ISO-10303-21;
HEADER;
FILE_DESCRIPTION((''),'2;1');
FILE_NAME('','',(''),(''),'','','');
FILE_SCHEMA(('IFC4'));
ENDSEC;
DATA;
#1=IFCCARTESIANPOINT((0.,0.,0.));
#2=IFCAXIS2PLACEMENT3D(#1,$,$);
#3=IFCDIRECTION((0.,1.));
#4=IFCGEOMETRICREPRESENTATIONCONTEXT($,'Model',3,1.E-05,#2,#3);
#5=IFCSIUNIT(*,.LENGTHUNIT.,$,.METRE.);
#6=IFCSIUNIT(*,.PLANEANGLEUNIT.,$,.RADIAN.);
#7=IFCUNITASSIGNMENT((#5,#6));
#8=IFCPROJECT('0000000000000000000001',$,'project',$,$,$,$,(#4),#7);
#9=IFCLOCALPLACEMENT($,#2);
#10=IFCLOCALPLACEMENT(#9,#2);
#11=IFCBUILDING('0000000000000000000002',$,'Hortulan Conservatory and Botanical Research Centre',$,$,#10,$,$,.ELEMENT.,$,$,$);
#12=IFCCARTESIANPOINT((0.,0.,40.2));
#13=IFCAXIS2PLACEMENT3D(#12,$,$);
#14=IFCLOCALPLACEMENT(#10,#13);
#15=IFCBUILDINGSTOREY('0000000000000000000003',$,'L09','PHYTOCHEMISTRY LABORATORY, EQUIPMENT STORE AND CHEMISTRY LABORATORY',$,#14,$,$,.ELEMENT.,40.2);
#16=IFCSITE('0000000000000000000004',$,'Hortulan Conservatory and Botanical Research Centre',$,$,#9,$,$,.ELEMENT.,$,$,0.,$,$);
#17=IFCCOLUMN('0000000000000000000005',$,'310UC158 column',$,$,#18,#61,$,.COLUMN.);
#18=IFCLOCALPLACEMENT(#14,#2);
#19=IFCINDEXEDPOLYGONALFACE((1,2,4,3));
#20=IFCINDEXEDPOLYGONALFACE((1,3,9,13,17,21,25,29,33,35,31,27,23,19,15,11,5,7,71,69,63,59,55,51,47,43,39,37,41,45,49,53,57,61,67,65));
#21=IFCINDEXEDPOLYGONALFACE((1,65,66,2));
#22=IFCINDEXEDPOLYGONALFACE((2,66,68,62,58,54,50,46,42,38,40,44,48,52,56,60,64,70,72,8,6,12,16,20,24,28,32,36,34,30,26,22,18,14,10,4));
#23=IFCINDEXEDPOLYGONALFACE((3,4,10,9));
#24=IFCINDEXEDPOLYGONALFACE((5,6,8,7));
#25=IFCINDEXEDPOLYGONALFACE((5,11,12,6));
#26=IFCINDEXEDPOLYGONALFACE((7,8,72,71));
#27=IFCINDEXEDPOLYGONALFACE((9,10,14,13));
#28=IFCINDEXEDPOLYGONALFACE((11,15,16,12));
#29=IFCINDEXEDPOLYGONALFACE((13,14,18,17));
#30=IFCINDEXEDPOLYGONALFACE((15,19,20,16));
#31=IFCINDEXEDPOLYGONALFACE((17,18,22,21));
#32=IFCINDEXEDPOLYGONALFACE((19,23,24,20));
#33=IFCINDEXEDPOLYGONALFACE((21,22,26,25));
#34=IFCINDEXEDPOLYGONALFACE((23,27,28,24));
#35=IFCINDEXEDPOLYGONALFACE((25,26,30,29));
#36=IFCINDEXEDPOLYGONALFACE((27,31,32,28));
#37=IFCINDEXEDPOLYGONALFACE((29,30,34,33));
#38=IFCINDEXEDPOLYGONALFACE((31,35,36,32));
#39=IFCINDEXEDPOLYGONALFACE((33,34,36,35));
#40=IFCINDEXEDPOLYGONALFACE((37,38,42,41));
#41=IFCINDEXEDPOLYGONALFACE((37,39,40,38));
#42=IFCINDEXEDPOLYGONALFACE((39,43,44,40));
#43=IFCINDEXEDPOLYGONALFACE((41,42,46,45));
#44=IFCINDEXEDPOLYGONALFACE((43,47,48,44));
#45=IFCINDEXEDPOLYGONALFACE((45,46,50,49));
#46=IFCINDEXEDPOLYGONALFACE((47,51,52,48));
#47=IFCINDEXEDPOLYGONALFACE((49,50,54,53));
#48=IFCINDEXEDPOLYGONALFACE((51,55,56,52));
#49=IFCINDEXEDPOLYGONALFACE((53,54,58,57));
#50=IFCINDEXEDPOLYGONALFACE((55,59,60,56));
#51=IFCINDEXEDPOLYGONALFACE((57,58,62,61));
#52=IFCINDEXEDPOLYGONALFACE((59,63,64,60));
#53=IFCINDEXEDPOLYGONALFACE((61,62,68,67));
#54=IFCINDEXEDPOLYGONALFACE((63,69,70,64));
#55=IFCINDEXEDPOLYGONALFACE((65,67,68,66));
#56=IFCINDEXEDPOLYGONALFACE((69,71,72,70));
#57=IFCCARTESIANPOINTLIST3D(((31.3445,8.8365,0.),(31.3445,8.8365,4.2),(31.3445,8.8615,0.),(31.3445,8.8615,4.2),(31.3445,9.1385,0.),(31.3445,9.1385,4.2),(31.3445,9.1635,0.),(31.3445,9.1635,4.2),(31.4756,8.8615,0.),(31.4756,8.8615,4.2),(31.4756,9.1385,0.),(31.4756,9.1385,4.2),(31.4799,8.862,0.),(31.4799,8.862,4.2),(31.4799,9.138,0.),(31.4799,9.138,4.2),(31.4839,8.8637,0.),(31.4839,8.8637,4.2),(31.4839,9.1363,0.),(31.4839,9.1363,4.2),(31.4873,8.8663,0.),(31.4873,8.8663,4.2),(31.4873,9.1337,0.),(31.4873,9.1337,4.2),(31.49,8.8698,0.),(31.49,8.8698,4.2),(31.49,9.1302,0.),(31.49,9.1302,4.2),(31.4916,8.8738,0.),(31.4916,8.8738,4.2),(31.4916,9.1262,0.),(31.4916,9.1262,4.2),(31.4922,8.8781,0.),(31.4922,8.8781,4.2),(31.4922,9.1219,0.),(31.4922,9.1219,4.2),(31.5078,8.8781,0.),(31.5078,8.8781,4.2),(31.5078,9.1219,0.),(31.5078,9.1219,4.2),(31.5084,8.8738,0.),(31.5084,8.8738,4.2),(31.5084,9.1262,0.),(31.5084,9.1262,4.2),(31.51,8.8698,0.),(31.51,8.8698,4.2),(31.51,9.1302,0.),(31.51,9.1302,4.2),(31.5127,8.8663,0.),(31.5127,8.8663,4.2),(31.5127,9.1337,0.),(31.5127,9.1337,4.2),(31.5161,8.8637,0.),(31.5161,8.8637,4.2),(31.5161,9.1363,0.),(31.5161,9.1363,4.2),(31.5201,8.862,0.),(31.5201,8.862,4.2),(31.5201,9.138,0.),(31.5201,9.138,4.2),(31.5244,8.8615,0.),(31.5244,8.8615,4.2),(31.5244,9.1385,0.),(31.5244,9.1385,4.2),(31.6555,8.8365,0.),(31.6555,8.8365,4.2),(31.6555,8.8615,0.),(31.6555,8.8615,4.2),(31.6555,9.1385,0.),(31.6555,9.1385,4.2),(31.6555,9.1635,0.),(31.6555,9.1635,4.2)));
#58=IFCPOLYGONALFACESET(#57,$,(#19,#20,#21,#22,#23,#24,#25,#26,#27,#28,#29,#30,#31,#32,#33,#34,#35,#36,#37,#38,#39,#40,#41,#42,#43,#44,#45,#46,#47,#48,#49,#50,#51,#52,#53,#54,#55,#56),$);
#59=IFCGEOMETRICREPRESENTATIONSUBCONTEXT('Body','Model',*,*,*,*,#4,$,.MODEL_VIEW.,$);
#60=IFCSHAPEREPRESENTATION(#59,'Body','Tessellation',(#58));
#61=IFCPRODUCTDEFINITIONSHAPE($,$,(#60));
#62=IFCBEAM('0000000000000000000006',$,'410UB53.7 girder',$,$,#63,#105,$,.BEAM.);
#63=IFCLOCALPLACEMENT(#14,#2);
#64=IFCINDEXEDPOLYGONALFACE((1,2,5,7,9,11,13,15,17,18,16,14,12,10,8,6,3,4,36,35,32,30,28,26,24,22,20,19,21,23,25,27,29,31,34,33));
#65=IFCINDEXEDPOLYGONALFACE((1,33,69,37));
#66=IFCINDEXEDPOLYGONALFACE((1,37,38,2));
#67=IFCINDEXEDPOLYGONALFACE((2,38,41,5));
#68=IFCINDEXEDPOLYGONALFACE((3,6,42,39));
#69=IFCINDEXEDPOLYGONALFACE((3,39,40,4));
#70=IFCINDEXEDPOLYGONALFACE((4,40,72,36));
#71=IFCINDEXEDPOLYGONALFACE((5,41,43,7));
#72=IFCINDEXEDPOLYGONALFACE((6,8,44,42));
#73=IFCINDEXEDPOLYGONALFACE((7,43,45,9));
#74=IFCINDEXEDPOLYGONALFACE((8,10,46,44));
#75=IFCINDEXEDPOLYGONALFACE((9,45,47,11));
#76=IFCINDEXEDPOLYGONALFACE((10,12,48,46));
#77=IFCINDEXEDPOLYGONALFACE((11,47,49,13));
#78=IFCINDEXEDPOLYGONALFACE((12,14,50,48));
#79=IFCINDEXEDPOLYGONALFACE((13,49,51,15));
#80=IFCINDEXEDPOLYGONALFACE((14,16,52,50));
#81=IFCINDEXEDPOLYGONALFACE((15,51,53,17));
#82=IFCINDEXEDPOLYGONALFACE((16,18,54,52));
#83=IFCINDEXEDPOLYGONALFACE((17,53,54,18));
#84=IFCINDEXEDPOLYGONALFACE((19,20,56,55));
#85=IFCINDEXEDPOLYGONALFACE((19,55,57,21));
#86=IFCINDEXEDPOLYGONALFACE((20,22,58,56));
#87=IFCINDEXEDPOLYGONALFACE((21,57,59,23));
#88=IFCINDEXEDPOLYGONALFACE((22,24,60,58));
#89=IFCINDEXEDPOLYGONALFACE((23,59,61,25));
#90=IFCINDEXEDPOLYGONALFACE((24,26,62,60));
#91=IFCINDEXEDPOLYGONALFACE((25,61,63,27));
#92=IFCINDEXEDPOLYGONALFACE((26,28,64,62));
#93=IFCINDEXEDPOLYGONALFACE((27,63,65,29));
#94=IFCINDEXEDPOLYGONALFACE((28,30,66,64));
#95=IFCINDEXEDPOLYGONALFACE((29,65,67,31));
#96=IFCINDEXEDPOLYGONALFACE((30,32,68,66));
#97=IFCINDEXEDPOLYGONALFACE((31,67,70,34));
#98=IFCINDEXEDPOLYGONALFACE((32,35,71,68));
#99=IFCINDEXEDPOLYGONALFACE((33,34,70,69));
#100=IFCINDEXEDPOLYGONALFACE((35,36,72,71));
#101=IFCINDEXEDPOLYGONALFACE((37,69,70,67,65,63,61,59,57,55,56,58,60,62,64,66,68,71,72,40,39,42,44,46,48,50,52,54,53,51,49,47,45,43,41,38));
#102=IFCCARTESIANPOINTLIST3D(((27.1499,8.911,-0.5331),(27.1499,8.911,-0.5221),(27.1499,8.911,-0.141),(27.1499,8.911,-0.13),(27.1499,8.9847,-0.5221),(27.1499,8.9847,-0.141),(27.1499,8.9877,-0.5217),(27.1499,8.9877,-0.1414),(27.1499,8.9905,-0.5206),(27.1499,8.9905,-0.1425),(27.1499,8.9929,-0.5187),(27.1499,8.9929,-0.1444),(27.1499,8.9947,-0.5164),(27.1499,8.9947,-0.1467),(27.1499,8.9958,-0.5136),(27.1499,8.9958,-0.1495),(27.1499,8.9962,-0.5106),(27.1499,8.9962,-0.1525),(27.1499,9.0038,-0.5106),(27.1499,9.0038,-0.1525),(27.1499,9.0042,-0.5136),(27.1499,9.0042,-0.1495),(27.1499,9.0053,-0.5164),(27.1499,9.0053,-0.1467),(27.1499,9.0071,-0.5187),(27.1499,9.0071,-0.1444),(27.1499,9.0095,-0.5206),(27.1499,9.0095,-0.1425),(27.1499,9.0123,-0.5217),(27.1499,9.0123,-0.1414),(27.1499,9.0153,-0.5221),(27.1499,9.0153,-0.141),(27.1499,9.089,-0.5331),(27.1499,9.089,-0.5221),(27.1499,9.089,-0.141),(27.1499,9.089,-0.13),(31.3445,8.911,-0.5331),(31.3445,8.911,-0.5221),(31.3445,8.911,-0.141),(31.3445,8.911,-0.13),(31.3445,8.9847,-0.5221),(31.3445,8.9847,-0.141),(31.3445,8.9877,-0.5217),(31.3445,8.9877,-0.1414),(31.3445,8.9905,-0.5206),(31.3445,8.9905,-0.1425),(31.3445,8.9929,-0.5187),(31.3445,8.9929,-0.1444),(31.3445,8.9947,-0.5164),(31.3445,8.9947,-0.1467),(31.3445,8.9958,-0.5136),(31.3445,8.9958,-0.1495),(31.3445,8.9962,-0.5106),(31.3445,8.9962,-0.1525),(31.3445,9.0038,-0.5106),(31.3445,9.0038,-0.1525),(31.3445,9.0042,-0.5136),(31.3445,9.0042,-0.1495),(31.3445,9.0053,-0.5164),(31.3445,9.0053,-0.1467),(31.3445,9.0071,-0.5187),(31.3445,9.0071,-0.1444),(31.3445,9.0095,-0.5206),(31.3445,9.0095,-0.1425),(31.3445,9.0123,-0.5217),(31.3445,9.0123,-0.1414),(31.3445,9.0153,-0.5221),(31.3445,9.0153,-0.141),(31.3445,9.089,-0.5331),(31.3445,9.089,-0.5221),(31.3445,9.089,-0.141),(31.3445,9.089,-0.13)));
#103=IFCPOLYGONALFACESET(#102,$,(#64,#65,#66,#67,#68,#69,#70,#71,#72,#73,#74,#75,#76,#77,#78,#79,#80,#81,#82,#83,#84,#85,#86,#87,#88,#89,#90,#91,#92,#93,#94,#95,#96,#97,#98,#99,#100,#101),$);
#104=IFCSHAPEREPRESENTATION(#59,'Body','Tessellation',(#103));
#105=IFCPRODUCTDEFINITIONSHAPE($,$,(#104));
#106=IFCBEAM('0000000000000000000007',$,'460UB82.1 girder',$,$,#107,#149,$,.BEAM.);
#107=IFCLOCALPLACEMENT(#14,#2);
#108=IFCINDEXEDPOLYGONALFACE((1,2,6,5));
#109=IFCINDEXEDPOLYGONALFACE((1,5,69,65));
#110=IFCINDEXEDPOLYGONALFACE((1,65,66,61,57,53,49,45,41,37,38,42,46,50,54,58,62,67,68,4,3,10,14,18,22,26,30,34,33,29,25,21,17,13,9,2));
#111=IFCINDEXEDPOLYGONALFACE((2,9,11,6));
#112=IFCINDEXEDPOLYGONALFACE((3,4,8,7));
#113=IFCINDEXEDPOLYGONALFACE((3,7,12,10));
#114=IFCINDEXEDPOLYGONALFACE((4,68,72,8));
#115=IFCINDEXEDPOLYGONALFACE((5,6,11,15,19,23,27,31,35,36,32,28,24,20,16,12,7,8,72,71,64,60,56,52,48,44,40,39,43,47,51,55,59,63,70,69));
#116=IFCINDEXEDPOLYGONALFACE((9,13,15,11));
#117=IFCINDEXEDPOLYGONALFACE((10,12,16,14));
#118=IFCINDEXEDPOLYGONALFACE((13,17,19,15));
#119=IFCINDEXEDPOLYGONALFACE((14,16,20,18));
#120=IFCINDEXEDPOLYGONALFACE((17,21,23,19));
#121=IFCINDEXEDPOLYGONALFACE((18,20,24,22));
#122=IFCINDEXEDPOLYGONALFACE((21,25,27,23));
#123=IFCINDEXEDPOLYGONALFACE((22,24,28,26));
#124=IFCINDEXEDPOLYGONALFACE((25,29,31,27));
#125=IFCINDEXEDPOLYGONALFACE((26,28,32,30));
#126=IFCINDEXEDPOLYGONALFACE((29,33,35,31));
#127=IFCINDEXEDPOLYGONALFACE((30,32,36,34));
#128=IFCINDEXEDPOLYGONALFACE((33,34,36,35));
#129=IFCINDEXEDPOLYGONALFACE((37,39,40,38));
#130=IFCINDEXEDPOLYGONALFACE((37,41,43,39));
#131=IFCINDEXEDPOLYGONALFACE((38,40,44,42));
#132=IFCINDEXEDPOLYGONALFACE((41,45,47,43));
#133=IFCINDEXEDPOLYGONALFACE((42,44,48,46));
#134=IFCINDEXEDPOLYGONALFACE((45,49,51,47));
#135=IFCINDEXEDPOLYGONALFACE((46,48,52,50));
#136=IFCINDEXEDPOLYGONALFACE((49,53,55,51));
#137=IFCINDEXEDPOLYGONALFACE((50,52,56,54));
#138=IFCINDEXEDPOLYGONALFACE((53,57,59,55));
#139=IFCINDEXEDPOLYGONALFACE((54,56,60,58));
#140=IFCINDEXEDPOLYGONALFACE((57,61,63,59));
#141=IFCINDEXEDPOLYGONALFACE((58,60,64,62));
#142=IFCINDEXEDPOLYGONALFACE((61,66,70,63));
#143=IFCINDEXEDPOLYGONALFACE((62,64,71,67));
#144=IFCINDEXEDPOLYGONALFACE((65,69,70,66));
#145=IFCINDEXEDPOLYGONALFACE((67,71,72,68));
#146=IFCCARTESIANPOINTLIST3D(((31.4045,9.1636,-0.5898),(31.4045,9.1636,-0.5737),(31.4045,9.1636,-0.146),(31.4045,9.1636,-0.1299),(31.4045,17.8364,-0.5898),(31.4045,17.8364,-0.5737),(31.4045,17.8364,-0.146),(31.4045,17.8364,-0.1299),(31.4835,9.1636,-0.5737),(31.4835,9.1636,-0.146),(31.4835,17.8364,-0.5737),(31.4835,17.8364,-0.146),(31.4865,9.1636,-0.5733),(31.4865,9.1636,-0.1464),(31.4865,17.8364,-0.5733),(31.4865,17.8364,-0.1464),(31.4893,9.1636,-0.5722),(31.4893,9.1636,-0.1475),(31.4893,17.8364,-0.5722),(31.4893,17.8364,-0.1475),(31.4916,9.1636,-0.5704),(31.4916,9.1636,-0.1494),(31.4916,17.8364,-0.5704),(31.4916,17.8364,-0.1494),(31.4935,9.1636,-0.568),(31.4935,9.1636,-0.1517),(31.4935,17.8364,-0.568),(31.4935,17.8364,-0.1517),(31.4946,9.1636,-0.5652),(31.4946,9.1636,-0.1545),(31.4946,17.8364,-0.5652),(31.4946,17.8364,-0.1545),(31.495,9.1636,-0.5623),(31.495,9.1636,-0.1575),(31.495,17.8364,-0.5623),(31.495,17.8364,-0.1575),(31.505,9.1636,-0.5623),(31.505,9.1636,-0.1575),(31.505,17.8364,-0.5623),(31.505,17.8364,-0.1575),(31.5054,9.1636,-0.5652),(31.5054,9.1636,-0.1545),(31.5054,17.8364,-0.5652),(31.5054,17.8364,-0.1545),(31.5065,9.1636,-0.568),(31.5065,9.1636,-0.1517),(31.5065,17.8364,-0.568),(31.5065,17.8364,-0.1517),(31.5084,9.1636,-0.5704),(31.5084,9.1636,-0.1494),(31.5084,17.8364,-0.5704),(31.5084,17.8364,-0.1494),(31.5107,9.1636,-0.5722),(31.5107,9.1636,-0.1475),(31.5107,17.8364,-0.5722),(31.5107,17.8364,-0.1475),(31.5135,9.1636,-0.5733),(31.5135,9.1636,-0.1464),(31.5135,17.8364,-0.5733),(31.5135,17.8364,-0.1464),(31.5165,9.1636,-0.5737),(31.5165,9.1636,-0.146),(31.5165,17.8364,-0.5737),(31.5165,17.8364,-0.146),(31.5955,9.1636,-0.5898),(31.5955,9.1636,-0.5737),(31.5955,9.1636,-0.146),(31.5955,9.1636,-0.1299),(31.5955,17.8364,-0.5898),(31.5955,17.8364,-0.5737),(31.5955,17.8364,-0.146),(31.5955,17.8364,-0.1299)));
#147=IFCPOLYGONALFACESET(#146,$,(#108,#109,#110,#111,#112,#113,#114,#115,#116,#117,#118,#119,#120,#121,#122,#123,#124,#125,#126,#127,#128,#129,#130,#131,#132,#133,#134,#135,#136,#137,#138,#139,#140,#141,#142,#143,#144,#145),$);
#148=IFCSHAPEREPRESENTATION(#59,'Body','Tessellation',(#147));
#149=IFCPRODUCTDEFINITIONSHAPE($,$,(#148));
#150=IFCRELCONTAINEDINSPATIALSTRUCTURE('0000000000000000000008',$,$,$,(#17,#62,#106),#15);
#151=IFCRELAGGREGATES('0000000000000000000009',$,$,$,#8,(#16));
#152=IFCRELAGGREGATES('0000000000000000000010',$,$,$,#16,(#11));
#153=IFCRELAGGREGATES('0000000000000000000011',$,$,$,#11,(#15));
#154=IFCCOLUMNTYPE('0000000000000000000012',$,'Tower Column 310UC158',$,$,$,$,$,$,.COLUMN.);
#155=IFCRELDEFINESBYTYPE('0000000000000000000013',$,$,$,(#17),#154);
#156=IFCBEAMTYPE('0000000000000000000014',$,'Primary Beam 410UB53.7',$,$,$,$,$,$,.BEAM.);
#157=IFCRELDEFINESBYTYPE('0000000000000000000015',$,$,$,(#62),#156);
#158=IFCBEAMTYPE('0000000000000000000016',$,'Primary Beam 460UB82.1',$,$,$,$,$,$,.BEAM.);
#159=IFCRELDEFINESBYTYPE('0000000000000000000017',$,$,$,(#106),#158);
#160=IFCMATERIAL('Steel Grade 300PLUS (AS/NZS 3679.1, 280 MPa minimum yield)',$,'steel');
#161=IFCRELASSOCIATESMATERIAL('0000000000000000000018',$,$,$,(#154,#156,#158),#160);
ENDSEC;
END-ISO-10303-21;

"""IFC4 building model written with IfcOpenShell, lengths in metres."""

from ifc_helpers import new_model, si_unit, direction, frame, origin, origin_2d, place, context, subcontext, project, spatial, i_section, extrude, material, material_profile, profile_set, type_object, element, save


model = new_model("IFC4")

# Units and contexts
model_context = context("Model", 3, precision=1e-05, world=origin(), true_north=direction((0.0, 1.0)))
body_context = subcontext(model_context, "Body", "Model", "MODEL_VIEW")
ifc_project = project(units=[si_unit("LENGTHUNIT", "METRE"), si_unit("PLANEANGLEUNIT", "RADIAN")], contexts=[model_context])

# Site, building, storey
site_placement = place(None, origin())
site = spatial("IfcSite", under=ifc_project, at=site_placement, Name="Hortulan Conservatory and Botanical Research Centre", CompositionType="ELEMENT", RefElevation=0.0)
building_placement = place(site_placement, origin())
building = spatial("IfcBuilding", under=site, at=building_placement, Name="Hortulan Conservatory and Botanical Research Centre", CompositionType="ELEMENT")
storey_placement = place(building_placement, frame((0.0, 0.0, 40.2)))
storey = spatial("IfcBuildingStorey", under=building, at=storey_placement, Name="L09", Description="PHYTOCHEMISTRY LABORATORY, EQUIPMENT STORE AND CHEMISTRY LABORATORY", CompositionType="ELEMENT", Elevation=40.2)

# Column
ifc_material_1 = material(Name="Steel Grade 300PLUS (AS/NZS 3679.1, 280 MPa minimum yield)", Category="steel")
ifc_material_profile_1 = material_profile(ifc_material_1, i_section(OverallWidth=0.311, OverallDepth=0.3269, WebThickness=0.0156, FlangeThickness=0.0249, FilletRadius=0.0166, at=origin_2d()), Name="310UC158")
ifc_profile_set_1 = profile_set([ifc_material_profile_1], Name="Steel Grade 300PLUS (AS/NZS 3679.1, 280 MPa minimum yield)")
column_type = type_object("IfcColumnType", Name="Tower Column 310UC158", PredefinedType="COLUMN", material=ifc_profile_set_1)
column_placement = place(storey_placement, frame((31.5, 9.0, 0.0), z_axis=(0.0, 0.0, 1.0), x_axis=(1.0, 0.0, 0.0)))
element("IfcColumn", 1, at=column_placement, inside=storey, type_object=column_type, Name="310UC158 column", PredefinedType="COLUMN", context=body_context, shape_type="SweptSolid", body=[
    extrude(i_section(OverallWidth=0.311, OverallDepth=0.3269, WebThickness=0.0156, FlangeThickness=0.0249, FilletRadius=0.0166, at=origin_2d()), origin(), (0.0, 0.0, 1.0), 4.2),
])

# Beams
ifc_material_profile_2 = material_profile(ifc_material_1, i_section(OverallWidth=0.178, OverallDepth=0.4031, WebThickness=0.0076, FlangeThickness=0.011, FilletRadius=0.0115, at=origin_2d()), Name="410UB53.7")
ifc_profile_set_2 = profile_set([ifc_material_profile_2], Name="Steel Grade 300PLUS (AS/NZS 3679.1, 280 MPa minimum yield)")
beam_type_1 = type_object("IfcBeamType", Name="Primary Beam 410UB53.7", PredefinedType="BEAM", material=ifc_profile_set_2)
beam_1_placement = place(storey_placement, frame((27.1499, 9.0, -0.3315), z_axis=(1.0, 0.0, 0.0), x_axis=(0.0, 1.0, 0.0)))
element("IfcBeam", 2, at=beam_1_placement, inside=storey, type_object=beam_type_1, Name="410UB53.7 girder", PredefinedType="BEAM", context=body_context, shape_type="SweptSolid", body=[
    extrude(i_section(OverallWidth=0.178, OverallDepth=0.4031, WebThickness=0.0076, FlangeThickness=0.011, FilletRadius=0.0115, at=origin_2d()), origin(), (0.0, 0.0, 1.0), 4.1946),
])
ifc_material_profile_3 = material_profile(ifc_material_1, i_section(OverallWidth=0.1909, OverallDepth=0.46, WebThickness=0.01, FlangeThickness=0.0161, FilletRadius=0.0115, at=origin_2d()), Name="460UB82.1")
ifc_profile_set_3 = profile_set([ifc_material_profile_3], Name="Steel Grade 300PLUS (AS/NZS 3679.1, 280 MPa minimum yield)")
beam_type_2 = type_object("IfcBeamType", Name="Primary Beam 460UB82.1", PredefinedType="BEAM", material=ifc_profile_set_3)
beam_2_placement = place(storey_placement, frame((31.5, 9.1636, -0.3599), z_axis=(0.0, 1.0, 0.0), x_axis=(-1.0, 0.0, 0.0)))
element("IfcBeam", 3, at=beam_2_placement, inside=storey, type_object=beam_type_2, Name="460UB82.1 girder", PredefinedType="BEAM", context=body_context, shape_type="SweptSolid", body=[
    extrude(i_section(OverallWidth=0.1909, OverallDepth=0.46, WebThickness=0.01, FlangeThickness=0.0161, FilletRadius=0.0115, at=origin_2d()), origin(), (0.0, 0.0, 1.0), 8.6729),
])

save(model, "model.ifc")
